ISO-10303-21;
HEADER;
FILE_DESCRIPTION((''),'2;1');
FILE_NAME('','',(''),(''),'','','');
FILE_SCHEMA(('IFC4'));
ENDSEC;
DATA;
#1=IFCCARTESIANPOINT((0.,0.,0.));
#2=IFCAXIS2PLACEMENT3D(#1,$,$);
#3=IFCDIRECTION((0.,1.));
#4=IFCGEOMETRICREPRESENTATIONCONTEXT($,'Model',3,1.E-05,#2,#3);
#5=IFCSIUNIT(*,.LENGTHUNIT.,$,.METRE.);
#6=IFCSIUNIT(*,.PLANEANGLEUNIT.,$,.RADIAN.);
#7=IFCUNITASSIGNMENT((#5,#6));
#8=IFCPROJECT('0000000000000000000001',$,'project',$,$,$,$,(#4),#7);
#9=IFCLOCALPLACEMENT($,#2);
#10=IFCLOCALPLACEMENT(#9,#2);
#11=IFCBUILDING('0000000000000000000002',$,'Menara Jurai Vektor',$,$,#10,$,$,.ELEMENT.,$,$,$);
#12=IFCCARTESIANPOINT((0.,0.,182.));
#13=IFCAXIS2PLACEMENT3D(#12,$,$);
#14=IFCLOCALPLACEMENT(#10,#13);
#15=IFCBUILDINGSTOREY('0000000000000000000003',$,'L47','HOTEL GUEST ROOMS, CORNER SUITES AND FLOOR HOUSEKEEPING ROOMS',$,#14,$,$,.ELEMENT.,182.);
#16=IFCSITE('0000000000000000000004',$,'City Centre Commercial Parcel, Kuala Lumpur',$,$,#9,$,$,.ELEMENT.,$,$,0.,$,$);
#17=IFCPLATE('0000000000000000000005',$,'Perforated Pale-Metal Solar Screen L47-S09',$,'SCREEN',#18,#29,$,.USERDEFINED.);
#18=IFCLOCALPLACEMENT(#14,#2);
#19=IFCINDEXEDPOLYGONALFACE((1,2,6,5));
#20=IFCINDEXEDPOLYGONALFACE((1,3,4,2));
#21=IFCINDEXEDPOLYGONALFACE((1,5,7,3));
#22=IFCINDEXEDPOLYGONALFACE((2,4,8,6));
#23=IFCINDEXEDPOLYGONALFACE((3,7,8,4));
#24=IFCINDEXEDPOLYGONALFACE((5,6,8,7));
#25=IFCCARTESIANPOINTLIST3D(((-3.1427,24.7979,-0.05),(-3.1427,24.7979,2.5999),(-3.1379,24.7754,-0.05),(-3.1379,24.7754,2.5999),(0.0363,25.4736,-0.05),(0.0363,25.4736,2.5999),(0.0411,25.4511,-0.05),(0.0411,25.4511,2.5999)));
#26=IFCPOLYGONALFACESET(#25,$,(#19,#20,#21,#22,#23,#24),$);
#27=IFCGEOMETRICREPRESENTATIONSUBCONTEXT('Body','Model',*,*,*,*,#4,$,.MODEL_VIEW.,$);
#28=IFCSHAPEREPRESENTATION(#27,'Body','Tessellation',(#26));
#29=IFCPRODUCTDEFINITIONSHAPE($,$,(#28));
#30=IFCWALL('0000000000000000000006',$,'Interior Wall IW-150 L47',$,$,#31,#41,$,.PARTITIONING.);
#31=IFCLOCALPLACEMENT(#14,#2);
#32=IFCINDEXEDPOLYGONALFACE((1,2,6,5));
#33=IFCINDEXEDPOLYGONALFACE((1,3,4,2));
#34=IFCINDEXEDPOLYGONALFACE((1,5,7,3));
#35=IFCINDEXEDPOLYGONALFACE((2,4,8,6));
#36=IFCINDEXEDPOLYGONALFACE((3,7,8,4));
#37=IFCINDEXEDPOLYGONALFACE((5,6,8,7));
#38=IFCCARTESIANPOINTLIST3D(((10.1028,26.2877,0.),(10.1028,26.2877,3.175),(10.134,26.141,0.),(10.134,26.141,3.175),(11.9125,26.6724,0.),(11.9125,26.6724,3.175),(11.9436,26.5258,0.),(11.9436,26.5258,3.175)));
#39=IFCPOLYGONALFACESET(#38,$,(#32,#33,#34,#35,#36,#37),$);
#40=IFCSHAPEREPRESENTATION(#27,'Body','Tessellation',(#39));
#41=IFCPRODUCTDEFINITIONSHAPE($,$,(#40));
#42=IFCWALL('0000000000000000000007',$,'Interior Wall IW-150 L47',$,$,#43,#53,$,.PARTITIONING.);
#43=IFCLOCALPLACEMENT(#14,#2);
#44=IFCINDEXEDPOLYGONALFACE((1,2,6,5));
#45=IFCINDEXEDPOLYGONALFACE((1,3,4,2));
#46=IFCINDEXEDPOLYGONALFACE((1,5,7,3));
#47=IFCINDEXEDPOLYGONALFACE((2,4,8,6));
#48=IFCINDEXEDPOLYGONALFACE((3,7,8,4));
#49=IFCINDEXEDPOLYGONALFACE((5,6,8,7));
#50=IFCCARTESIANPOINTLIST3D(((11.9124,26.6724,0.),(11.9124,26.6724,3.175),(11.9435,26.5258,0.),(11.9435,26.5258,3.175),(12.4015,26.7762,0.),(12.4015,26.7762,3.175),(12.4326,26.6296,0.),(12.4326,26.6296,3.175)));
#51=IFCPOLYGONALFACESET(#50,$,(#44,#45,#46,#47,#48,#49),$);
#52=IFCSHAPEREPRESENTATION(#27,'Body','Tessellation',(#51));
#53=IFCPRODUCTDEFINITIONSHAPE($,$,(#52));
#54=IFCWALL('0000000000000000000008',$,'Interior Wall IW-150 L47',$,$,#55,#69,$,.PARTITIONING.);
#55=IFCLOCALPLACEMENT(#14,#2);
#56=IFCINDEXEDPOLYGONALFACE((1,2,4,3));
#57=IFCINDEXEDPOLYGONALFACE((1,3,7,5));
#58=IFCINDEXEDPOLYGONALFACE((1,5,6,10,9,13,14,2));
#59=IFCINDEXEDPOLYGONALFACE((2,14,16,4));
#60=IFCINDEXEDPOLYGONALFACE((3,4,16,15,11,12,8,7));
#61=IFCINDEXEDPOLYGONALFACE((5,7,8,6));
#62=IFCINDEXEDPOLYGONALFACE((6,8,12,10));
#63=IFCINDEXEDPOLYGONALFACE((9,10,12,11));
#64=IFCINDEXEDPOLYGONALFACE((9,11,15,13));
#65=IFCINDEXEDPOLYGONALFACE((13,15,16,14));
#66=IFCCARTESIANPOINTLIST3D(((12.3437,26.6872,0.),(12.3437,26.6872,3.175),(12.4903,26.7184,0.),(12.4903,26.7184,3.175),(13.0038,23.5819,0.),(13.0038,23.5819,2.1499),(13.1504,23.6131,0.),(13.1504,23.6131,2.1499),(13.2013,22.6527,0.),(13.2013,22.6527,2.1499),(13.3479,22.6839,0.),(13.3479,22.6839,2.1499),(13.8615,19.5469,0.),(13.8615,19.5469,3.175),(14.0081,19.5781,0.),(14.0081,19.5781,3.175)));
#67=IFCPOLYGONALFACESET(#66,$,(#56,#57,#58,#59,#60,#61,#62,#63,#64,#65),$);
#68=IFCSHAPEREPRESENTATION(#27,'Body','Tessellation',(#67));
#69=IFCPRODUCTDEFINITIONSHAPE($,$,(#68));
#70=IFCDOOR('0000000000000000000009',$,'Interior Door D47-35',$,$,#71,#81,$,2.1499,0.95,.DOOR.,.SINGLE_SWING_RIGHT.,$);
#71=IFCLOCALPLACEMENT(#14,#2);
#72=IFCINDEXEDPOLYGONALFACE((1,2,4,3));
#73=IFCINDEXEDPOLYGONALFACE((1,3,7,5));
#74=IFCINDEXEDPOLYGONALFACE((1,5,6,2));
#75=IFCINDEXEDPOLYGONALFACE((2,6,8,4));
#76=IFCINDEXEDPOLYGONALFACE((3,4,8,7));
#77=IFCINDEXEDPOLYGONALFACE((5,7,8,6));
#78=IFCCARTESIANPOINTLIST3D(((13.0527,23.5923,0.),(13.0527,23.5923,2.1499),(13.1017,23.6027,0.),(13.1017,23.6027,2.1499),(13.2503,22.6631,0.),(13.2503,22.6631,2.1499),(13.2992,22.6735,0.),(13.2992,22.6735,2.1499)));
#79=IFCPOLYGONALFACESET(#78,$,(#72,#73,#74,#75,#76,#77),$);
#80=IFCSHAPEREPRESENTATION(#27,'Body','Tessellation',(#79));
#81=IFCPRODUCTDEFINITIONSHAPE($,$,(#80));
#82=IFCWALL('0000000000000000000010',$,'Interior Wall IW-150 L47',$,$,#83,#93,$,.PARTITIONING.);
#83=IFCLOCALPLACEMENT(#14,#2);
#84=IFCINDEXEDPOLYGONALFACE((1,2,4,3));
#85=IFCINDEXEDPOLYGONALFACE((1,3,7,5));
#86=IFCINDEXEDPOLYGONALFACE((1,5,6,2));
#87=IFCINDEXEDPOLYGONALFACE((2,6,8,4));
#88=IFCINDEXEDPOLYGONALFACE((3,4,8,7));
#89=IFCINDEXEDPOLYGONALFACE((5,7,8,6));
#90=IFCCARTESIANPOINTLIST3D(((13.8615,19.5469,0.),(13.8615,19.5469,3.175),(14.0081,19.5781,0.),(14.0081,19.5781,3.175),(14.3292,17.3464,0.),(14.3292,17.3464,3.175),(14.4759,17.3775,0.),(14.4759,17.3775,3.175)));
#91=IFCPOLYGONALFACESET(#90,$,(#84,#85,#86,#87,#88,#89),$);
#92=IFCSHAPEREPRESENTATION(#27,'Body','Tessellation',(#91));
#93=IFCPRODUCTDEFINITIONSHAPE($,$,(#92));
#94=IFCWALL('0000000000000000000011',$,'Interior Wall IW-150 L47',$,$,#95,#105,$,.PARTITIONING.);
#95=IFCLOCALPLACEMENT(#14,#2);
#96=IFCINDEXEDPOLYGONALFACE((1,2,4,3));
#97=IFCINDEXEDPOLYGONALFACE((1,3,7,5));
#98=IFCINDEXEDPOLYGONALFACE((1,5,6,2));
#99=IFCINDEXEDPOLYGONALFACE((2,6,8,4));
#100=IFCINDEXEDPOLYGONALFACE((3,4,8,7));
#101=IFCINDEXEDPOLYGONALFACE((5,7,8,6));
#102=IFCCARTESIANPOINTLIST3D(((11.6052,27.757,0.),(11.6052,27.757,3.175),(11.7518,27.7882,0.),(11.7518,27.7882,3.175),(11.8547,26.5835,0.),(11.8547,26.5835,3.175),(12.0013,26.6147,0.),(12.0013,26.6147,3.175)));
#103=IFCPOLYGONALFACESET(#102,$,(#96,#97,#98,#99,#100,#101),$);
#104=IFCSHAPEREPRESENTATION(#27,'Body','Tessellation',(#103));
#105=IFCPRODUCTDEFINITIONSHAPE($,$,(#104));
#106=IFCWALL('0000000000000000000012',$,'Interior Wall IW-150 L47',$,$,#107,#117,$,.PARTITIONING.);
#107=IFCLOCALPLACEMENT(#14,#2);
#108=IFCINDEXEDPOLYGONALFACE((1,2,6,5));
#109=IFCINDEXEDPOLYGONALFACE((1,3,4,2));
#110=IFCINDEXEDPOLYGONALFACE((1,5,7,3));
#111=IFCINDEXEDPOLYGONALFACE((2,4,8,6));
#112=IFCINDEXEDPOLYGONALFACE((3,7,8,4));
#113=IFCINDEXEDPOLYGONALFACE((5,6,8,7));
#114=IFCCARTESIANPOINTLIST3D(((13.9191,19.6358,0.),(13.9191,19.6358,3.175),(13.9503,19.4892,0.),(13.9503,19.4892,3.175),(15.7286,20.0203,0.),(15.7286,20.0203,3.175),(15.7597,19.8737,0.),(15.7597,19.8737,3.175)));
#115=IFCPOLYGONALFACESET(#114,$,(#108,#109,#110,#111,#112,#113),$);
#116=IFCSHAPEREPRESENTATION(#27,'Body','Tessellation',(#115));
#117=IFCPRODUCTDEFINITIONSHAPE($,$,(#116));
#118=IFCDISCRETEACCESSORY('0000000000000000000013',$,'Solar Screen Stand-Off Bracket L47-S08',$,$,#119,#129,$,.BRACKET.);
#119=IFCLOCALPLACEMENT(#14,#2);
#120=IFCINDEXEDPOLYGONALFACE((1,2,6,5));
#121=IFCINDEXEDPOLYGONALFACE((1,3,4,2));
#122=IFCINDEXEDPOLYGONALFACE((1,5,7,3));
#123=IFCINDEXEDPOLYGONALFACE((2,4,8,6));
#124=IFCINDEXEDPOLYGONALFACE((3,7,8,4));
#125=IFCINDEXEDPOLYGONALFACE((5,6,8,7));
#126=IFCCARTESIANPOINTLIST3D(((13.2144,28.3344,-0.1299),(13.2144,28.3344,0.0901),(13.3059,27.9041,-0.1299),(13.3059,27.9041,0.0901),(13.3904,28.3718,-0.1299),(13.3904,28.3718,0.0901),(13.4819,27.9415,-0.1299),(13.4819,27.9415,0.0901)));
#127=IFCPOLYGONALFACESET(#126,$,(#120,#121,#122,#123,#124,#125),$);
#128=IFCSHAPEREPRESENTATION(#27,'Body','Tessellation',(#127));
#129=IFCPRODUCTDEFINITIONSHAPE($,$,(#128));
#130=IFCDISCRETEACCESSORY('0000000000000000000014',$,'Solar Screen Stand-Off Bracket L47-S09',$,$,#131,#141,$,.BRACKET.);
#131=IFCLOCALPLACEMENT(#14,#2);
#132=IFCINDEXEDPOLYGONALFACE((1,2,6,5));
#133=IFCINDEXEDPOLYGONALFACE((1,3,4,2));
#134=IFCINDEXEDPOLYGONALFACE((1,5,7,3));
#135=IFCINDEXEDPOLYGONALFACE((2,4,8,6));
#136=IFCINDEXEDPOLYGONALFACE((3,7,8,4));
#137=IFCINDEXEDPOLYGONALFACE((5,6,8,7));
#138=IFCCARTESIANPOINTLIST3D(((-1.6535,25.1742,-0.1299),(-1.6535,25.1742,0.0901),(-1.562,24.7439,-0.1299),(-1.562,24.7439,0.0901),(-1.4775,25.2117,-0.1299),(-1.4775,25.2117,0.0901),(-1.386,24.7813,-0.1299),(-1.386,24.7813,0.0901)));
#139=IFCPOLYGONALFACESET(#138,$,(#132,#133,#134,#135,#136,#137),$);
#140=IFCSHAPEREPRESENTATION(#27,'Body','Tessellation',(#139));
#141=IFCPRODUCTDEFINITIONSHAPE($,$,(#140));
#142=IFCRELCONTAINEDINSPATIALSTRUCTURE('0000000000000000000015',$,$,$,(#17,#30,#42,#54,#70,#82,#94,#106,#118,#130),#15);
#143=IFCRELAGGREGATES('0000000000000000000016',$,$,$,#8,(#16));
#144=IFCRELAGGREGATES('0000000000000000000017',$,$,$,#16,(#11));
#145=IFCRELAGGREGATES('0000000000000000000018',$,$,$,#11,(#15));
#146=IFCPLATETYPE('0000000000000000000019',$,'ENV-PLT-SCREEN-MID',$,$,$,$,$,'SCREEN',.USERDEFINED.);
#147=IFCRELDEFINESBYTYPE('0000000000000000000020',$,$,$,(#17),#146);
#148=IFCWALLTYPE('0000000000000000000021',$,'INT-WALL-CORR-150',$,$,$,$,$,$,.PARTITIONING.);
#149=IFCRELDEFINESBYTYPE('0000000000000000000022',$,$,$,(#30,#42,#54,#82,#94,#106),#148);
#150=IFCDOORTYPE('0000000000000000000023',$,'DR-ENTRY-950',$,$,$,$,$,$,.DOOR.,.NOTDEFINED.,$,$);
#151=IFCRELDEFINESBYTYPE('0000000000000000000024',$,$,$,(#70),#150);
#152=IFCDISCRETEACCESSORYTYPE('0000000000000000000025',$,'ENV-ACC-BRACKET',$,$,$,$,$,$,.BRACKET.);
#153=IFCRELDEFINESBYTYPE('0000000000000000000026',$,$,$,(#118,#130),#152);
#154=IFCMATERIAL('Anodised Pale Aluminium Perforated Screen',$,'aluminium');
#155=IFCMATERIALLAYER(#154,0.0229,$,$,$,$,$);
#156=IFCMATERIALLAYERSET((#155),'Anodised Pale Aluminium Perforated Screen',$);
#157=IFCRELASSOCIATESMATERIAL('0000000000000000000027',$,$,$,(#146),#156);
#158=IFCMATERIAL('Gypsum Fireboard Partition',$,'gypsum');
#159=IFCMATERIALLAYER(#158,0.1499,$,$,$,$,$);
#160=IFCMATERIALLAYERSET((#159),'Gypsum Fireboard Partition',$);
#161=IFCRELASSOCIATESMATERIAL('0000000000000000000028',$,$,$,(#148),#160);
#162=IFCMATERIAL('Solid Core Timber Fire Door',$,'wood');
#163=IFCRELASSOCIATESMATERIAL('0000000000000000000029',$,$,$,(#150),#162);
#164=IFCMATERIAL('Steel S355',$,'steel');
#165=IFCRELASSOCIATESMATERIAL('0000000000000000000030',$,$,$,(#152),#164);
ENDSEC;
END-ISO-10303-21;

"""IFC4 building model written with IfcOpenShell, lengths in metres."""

from ifc_helpers import new_model, si_unit, direction, frame, frame_2d, origin, origin_2d, place, context, subcontext, project, spatial, rectangle, extrude, material, layer, layer_set, type_object, element, fill, save


model = new_model("IFC4")

# Units and contexts
model_context = context("Model", 3, precision=1e-05, world=origin(), true_north=direction((0.0, 1.0)))
body_context = subcontext(model_context, "Body", "Model", "MODEL_VIEW")
ifc_project = project(units=[si_unit("LENGTHUNIT", "METRE"), si_unit("PLANEANGLEUNIT", "RADIAN")], contexts=[model_context])

# Site, building, storey
site_placement = place(None, origin())
site = spatial("IfcSite", under=ifc_project, at=site_placement, Name="City Centre Commercial Parcel, Kuala Lumpur", CompositionType="ELEMENT", RefElevation=0.0)
building_placement = place(site_placement, origin())
building = spatial("IfcBuilding", under=site, at=building_placement, Name="Menara Jurai Vektor", CompositionType="ELEMENT")
storey_placement = place(building_placement, frame((0.0, 0.0, 182.0)))
storey = spatial("IfcBuildingStorey", under=building, at=storey_placement, Name="L47", Description="HOTEL GUEST ROOMS, CORNER SUITES AND FLOOR HOUSEKEEPING ROOMS", CompositionType="ELEMENT", Elevation=182.0)

# Shared definitions
ifc_material_1 = material(Name="Steel S355", Category="steel")

# Plate
ifc_material_2 = material(Name="Anodised Pale Aluminium Perforated Screen", Category="aluminium")
ifc_layer_1 = layer(ifc_material_2, 0.0229)
ifc_layer_set_1 = layer_set([ifc_layer_1], Name="Anodised Pale Aluminium Perforated Screen")
plate_type_1 = type_object("IfcPlateType", Name="ENV-PLT-SCREEN-MID", ElementType="SCREEN", PredefinedType="USERDEFINED", material=ifc_layer_set_1)
for number, where, z_axis, x_axis, name in (
    (1, (-1.5508, 25.1245, -0.05), (0.0, 0.0, 1.0), (-0.978148, -0.207912, 0.0), "Perforated Pale-Metal Solar Screen L47-S09"),
):
    element("IfcPlate", number, at=place(storey_placement, frame(where, z_axis=z_axis, x_axis=x_axis)), inside=storey, type_object=plate_type_1, Name=name, ObjectType="SCREEN", PredefinedType="USERDEFINED", context=body_context, shape_type="SweptSolid", body=[
        extrude(rectangle(XDim=3.25, YDim=0.0229, at=origin_2d()), origin(), (0.0, 0.0, 1.0), 2.6499),
    ])

# Walls
ifc_material_3 = material(Name="Gypsum Fireboard Partition", Category="gypsum")
ifc_layer_2 = layer(ifc_material_3, 0.1499)
ifc_layer_set_2 = layer_set([ifc_layer_2], Name="Gypsum Fireboard Partition")
wall_type = type_object("IfcWallType", Name="INT-WALL-CORR-150", PredefinedType="PARTITIONING", material=ifc_layer_set_2)
wall_1_placement = place(storey_placement, frame((10.1184, 26.2144, 0.0), z_axis=(0.0, 0.0, 1.0), x_axis=(0.978133, 0.207979, 0.0)))
element("IfcWall", 2, at=wall_1_placement, inside=storey, type_object=wall_type, Name="Interior Wall IW-150 L47", PredefinedType="PARTITIONING", context=body_context, shape_type="SweptSolid", body=[
    extrude(rectangle(XDim=1.8501, YDim=0.1499, at=frame_2d((0.925, 0.0))), origin(), (0.0, 0.0, 1.0), 3.175),
])
wall_2_placement = place(storey_placement, frame((11.928, 26.5991, 0.0), z_axis=(0.0, 0.0, 1.0), x_axis=(0.978222, 0.207561, 0.0)))
element("IfcWall", 3, at=wall_2_placement, inside=storey, type_object=wall_type, Name="Interior Wall IW-150 L47", PredefinedType="PARTITIONING", context=body_context, shape_type="SweptSolid", body=[
    extrude(rectangle(XDim=0.5, YDim=0.1499, at=frame_2d((0.25, 0.0))), origin(), (0.0, 0.0, 1.0), 3.175),
])

# Wall, opening, door
wall_3_placement = place(storey_placement, frame((13.9348, 19.5625, 0.0), z_axis=(0.0, 0.0, 1.0), x_axis=(-0.207923, 0.978145, 0.0)))
wall_3 = element("IfcWall", 4, at=wall_3_placement, inside=storey, type_object=wall_type, Name="Interior Wall IW-150 L47", PredefinedType="PARTITIONING", context=body_context, shape_type="SweptSolid", body=[
    extrude(rectangle(XDim=7.2998, YDim=0.1499, at=frame_2d((3.6499, 0.0))), origin(), (0.0, 0.0, 1.0), 3.175),
])
opening_placement = place(wall_3_placement, frame((3.175, 0.0, 0.0)))
opening = element("IfcOpeningElement", 5, at=opening_placement, cuts=wall_3, PredefinedType="OPENING", context=body_context, shape_type="SweptSolid", body=[
    extrude(rectangle(XDim=0.95, YDim=2.1499, at=frame_2d((0.4751, 1.075))), frame((0.0, 0.085, 0.0), z_axis=(0.0, -1.0, 0.0), x_axis=(1.0, 0.0, 0.0)), (0.0, 0.0, 1.0), 0.1699),
])
ifc_material_4 = material(Name="Solid Core Timber Fire Door", Category="wood")
door_type = type_object("IfcDoorType", Name="DR-ENTRY-950", OperationType="NOTDEFINED", PredefinedType="DOOR", material=ifc_material_4)
door_placement = place(opening_placement, origin())
door = element("IfcDoor", 6, at=door_placement, inside=storey, type_object=door_type, Name="Interior Door D47-35", OperationType="SINGLE_SWING_RIGHT", OverallHeight=2.1499, OverallWidth=0.95, PredefinedType="DOOR", context=body_context, shape_type="SweptSolid", body=[
    extrude(rectangle(XDim=0.95, YDim=2.1499, at=frame_2d((0.4751, 1.075))), frame((0.0, 0.0249, 0.0), z_axis=(0.0, -1.0, 0.0), x_axis=(1.0, 0.0, 0.0)), (0.0, 0.0, 1.0), 0.05),
])
fill(opening, door)

# Walls
wall_4_placement = place(storey_placement, frame((14.4026, 17.3618, 0.0), z_axis=(0.0, 0.0, 1.0), x_axis=(-0.207913, 0.978147, 0.0)))
element("IfcWall", 7, at=wall_4_placement, inside=storey, type_object=wall_type, Name="Interior Wall IW-150 L47", PredefinedType="PARTITIONING", context=body_context, shape_type="SweptSolid", body=[
    extrude(rectangle(XDim=2.2498, YDim=0.1499, at=frame_2d((1.125, 0.0))), origin(), (0.0, 0.0, 1.0), 3.175),
])
wall_5_placement = place(storey_placement, frame((11.928, 26.5991, 0.0), z_axis=(0.0, 0.0, 1.0), x_axis=(-0.207959, 0.978138, 0.0)))
element("IfcWall", 8, at=wall_5_placement, inside=storey, type_object=wall_type, Name="Interior Wall IW-150 L47", PredefinedType="PARTITIONING", context=body_context, shape_type="SweptSolid", body=[
    extrude(rectangle(XDim=1.1997, YDim=0.1499, at=frame_2d((0.5999, 0.0))), origin(), (0.0, 0.0, 1.0), 3.175),
])
wall_6_placement = place(storey_placement, frame((13.9348, 19.5625, 0.0), z_axis=(0.0, 0.0, 1.0), x_axis=(0.97816, 0.207852, 0.0)))
element("IfcWall", 9, at=wall_6_placement, inside=storey, type_object=wall_type, Name="Interior Wall IW-150 L47", PredefinedType="PARTITIONING", context=body_context, shape_type="SweptSolid", body=[
    extrude(rectangle(XDim=1.8499, YDim=0.1499, at=frame_2d((0.9248, 0.0))), origin(), (0.0, 0.0, 1.0), 3.175),
])

# Discrete accessories
discrete_accessory_type = type_object("IfcDiscreteAccessoryType", Name="ENV-ACC-BRACKET", PredefinedType="BRACKET", material=ifc_material_1)
for number, where, z_axis, x_axis, name in (
    (10, (13.3481, 28.1379, -0.1299), (0.0, 0.0, 1.0), (-0.978148, -0.207912, 0.0), "Solar Screen Stand-Off Bracket L47-S08"),
    (11, (-1.5198, 24.9778, -0.1299), (0.0, 0.0, 1.0), (-0.978148, -0.207912, 0.0), "Solar Screen Stand-Off Bracket L47-S09"),
):
    element("IfcDiscreteAccessory", number, at=place(storey_placement, frame(where, z_axis=z_axis, x_axis=x_axis)), inside=storey, type_object=discrete_accessory_type, Name=name, PredefinedType="BRACKET", context=body_context, shape_type="SweptSolid", body=[
        extrude(rectangle(XDim=0.1799, YDim=0.4399, at=origin_2d()), origin(), (0.0, 0.0, 1.0), 0.22),
    ])

save(model, "model.ifc")
